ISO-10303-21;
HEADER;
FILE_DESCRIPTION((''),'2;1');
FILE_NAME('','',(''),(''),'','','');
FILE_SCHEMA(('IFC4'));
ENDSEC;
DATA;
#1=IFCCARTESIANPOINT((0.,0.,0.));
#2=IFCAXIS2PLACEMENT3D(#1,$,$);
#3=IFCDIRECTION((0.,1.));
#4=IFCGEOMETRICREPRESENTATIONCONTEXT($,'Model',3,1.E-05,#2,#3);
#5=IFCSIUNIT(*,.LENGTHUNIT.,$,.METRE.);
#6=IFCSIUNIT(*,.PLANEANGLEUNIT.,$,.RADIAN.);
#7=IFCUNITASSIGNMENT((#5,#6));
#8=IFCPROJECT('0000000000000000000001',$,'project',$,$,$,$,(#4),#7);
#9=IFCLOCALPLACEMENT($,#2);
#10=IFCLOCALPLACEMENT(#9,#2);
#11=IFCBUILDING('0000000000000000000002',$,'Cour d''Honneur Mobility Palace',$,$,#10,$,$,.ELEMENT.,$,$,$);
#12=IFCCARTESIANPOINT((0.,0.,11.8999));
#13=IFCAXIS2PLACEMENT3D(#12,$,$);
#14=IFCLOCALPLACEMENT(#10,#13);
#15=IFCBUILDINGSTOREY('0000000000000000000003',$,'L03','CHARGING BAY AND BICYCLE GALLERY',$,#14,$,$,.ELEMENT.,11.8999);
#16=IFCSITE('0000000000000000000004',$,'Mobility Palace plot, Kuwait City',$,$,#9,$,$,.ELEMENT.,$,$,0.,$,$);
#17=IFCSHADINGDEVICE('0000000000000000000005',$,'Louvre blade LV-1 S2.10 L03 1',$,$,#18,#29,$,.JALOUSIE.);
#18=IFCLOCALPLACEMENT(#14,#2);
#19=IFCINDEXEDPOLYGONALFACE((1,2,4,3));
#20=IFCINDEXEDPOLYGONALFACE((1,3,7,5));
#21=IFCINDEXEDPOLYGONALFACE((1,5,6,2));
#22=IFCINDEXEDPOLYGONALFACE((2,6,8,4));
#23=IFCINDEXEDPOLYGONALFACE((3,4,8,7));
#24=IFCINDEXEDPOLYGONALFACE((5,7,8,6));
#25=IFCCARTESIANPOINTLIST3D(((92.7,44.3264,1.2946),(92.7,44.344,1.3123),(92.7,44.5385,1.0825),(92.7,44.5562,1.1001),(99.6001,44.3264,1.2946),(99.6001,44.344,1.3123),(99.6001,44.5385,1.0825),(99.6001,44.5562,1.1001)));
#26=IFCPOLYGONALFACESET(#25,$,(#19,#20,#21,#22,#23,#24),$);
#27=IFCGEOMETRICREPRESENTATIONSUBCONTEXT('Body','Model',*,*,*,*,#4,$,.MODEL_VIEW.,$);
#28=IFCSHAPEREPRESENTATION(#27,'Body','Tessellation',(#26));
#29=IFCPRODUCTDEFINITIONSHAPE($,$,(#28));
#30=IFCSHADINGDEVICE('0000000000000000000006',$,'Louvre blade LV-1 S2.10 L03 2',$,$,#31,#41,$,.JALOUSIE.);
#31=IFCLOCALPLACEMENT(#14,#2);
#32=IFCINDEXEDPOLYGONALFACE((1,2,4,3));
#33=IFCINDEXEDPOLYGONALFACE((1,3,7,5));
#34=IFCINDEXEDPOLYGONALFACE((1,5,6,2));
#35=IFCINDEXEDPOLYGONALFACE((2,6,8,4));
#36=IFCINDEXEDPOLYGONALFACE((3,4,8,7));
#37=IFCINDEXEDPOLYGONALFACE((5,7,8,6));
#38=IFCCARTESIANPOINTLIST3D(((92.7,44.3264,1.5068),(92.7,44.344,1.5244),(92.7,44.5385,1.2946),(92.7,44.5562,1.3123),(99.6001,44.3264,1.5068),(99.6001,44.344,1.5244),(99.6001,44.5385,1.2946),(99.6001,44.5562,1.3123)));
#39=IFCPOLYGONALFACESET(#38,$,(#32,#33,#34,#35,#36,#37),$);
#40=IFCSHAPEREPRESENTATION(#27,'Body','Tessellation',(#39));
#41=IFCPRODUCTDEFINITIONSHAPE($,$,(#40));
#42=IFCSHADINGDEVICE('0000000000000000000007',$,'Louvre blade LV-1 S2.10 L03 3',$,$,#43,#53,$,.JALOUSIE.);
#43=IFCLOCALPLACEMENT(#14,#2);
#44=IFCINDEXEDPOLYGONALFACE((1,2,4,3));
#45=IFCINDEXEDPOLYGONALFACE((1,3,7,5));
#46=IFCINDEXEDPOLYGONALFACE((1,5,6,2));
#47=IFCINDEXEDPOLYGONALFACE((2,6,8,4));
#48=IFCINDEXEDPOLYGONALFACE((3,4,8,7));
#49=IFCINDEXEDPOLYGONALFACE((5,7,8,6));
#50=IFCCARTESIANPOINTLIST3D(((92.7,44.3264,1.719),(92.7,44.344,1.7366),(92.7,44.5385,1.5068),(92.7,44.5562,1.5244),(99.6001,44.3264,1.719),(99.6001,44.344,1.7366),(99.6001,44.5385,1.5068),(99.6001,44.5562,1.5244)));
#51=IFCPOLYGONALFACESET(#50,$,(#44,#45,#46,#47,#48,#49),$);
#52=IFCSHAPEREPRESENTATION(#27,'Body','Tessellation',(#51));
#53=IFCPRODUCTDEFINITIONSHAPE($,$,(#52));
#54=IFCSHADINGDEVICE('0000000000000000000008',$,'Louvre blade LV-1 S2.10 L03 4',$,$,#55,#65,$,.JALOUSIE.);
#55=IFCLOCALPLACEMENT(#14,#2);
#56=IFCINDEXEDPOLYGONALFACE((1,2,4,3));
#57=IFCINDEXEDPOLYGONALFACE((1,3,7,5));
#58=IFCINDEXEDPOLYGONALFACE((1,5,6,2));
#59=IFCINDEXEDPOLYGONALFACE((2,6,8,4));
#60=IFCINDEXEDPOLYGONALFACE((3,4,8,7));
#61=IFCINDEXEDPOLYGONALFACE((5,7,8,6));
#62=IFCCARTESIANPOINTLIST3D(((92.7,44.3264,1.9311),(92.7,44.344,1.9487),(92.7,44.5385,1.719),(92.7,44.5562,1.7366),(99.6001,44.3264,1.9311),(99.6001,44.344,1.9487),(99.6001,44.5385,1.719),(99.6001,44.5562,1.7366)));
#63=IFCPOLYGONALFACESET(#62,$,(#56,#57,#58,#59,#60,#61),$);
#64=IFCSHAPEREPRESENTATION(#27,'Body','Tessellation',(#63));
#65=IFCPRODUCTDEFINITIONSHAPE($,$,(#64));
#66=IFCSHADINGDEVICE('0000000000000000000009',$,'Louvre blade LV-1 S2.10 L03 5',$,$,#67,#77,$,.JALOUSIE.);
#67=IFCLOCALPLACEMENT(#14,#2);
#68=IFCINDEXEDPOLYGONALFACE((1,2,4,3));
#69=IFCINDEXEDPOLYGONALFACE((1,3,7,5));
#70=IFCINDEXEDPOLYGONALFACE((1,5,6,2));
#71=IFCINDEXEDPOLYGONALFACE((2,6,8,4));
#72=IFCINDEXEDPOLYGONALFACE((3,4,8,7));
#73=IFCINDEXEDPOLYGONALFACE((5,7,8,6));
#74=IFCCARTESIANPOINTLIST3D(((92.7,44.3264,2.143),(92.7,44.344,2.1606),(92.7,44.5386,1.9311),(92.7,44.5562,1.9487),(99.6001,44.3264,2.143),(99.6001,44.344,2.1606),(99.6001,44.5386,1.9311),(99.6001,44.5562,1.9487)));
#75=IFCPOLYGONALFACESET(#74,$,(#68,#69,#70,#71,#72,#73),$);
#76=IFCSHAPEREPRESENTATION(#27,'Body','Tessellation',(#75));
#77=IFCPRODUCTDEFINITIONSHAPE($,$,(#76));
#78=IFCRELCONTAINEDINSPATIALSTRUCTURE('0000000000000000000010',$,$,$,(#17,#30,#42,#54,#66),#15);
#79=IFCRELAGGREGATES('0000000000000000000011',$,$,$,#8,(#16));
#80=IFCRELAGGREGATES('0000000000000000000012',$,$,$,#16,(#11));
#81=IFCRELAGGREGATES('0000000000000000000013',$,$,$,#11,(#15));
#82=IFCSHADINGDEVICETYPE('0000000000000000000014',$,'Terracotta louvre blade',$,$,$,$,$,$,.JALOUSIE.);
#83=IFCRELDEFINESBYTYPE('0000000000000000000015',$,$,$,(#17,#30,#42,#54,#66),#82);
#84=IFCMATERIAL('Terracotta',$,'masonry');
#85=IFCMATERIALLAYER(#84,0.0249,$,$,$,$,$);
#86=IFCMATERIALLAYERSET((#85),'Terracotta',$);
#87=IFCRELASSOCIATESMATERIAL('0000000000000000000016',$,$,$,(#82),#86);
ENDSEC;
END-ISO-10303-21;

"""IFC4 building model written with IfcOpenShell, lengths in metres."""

from ifc_helpers import new_model, si_unit, direction, frame, origin, place, context, subcontext, project, spatial, polyline, outline, extrude, material, layer, layer_set, type_object, element, save


model = new_model("IFC4")

# Units and contexts
model_context = context("Model", 3, precision=1e-05, world=origin(), true_north=direction((0.0, 1.0)))
body_context = subcontext(model_context, "Body", "Model", "MODEL_VIEW")
ifc_project = project(units=[si_unit("LENGTHUNIT", "METRE"), si_unit("PLANEANGLEUNIT", "RADIAN")], contexts=[model_context])

# Site, building, storey
site_placement = place(None, origin())
site = spatial("IfcSite", under=ifc_project, at=site_placement, Name="Mobility Palace plot, Kuwait City", CompositionType="ELEMENT", RefElevation=0.0)
building_placement = place(site_placement, origin())
building = spatial("IfcBuilding", under=site, at=building_placement, Name="Cour d'Honneur Mobility Palace", CompositionType="ELEMENT")
storey_placement = place(building_placement, frame((0.0, 0.0, 11.8999)))
storey = spatial("IfcBuildingStorey", under=building, at=storey_placement, Name="L03", Description="CHARGING BAY AND BICYCLE GALLERY", CompositionType="ELEMENT", Elevation=11.8999)

# Shading devices
ifc_material_1 = material(Name="Terracotta", Category="masonry")
ifc_layer_1 = layer(ifc_material_1, 0.0249)
ifc_layer_set_1 = layer_set([ifc_layer_1], Name="Terracotta")
shading_device_type = type_object("IfcShadingDeviceType", Name="Terracotta louvre blade", PredefinedType="JALOUSIE", material=ifc_layer_set_1)
for number, where, z_axis, x_axis, name in (
    (1, (92.7, 44.5562, 1.1001), (0.0, 0.707107, 0.707107), (1.0, 0.0, 0.0), "Louvre blade LV-1 S2.10 L03 1"),
    (2, (92.7, 44.5562, 1.3123), (0.0, 0.707107, 0.707107), (1.0, 0.0, 0.0), "Louvre blade LV-1 S2.10 L03 2"),
    (3, (92.7, 44.5562, 1.5244), (0.0, 0.707107, 0.707107), (1.0, 0.0, 0.0), "Louvre blade LV-1 S2.10 L03 3"),
    (4, (92.7, 44.5562, 1.7366), (0.0, 0.707107, 0.707107), (1.0, 0.0, 0.0), "Louvre blade LV-1 S2.10 L03 4"),
):
    element("IfcShadingDevice", number, at=place(storey_placement, frame(where, z_axis=z_axis, x_axis=x_axis)), inside=storey, type_object=shading_device_type, Name=name, PredefinedType="JALOUSIE", context=body_context, shape_type="SweptSolid", body=[
        extrude(outline(polyline([(0.0, 0.0), (6.9001, 0.0), (6.9001, -0.3), (0.0, -0.3), (0.0, 0.0)])), origin(), (0.0, 0.0, -1.0), 0.0249),
    ])
shading_device_placement = place(storey_placement, frame((92.7, 44.5562, 1.9487), z_axis=(0.0, 0.7067, 0.707514), x_axis=(1.0, 0.0, 0.0)))
element("IfcShadingDevice", 5, at=shading_device_placement, inside=storey, type_object=shading_device_type, Name="Louvre blade LV-1 S2.10 L03 5", PredefinedType="JALOUSIE", context=body_context, shape_type="SweptSolid", body=[
    extrude(outline(polyline([(0.0, 0.0), (6.9001, 0.0), (6.9001, -0.2999), (0.0, -0.2999), (0.0, 0.0)])), origin(), (0.0, 0.0, -1.0), 0.0249),
])

save(model, "model.ifc")
